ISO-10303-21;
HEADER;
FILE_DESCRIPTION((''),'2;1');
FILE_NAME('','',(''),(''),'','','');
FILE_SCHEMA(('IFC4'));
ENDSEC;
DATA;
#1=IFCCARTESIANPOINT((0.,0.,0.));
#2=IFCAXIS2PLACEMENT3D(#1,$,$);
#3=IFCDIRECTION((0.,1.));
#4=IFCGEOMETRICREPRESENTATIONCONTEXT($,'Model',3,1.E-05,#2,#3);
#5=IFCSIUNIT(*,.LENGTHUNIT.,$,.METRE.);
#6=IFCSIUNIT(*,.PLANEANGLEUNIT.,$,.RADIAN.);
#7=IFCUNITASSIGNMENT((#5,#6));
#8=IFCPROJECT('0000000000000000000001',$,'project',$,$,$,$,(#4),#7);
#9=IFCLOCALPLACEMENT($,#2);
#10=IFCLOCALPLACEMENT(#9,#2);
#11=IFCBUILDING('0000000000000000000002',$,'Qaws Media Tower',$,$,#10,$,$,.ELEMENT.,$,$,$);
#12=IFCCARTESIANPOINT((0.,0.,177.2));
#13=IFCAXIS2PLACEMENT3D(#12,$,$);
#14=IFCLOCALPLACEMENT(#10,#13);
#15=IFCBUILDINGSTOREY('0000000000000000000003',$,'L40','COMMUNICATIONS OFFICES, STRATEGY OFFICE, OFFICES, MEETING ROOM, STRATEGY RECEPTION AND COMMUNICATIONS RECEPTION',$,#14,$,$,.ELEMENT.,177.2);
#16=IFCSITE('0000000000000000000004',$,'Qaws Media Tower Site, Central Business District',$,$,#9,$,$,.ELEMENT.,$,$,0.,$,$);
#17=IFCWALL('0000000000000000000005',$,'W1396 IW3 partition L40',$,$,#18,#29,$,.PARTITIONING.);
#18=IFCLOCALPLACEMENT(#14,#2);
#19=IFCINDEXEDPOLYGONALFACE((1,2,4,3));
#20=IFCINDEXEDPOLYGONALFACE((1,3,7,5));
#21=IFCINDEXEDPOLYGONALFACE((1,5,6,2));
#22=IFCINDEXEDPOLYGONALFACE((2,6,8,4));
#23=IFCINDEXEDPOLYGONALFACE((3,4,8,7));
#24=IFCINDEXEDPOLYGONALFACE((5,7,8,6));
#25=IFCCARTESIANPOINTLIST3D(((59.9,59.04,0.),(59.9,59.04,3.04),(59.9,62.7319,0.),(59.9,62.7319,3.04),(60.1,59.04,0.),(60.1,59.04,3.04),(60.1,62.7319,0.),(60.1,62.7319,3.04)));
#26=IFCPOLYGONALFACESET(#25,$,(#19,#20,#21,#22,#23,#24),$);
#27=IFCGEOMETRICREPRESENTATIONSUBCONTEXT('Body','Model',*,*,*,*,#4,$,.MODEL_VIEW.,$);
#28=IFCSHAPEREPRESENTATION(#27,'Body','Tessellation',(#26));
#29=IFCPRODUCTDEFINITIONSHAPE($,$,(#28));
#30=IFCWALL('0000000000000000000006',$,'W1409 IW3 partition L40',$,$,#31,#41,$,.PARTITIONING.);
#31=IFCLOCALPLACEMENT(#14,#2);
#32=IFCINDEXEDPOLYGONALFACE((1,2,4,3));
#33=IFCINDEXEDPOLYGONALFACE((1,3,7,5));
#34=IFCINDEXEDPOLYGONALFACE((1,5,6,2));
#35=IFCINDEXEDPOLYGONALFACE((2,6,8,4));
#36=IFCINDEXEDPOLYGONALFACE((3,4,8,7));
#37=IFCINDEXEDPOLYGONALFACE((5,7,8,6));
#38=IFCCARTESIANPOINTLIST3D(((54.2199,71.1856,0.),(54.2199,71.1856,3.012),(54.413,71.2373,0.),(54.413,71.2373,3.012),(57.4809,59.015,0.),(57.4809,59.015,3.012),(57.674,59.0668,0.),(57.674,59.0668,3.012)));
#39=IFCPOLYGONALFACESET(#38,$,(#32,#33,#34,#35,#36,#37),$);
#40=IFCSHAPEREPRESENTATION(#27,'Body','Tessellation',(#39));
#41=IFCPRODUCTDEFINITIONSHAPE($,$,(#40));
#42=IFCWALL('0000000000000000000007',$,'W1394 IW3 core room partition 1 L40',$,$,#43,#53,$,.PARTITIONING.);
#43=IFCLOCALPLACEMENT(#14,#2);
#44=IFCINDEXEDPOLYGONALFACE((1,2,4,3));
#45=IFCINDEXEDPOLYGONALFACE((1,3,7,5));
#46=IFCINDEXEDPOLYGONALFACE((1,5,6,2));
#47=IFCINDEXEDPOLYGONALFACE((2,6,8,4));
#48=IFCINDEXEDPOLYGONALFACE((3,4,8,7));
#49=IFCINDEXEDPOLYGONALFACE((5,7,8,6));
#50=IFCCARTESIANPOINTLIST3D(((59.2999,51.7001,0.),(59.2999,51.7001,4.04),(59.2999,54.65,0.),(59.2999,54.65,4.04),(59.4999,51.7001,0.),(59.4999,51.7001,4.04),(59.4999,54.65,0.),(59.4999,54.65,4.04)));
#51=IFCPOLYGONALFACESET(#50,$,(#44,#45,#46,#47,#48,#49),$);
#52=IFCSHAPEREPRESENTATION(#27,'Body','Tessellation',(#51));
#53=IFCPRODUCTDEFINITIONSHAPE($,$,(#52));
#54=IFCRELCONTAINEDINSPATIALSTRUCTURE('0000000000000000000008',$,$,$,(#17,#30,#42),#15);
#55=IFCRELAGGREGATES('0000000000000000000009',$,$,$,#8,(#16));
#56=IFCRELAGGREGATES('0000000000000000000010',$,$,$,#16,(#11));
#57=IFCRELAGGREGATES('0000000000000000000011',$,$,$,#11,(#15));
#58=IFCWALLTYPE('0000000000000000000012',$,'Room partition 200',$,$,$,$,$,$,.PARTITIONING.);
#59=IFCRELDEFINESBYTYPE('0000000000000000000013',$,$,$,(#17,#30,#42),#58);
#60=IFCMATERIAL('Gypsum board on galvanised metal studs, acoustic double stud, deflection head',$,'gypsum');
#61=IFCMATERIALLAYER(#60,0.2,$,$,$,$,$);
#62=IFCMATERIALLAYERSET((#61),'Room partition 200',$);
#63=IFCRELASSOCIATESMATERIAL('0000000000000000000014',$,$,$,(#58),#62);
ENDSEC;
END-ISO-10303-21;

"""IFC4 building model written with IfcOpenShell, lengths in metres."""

from ifc_helpers import new_model, si_unit, direction, frame, frame_2d, origin, place, context, subcontext, project, spatial, rectangle, extrude, material, layer, layer_set, type_object, element, save


model = new_model("IFC4")

# Units and contexts
model_context = context("Model", 3, precision=1e-05, world=origin(), true_north=direction((0.0, 1.0)))
body_context = subcontext(model_context, "Body", "Model", "MODEL_VIEW")
ifc_project = project(units=[si_unit("LENGTHUNIT", "METRE"), si_unit("PLANEANGLEUNIT", "RADIAN")], contexts=[model_context])

# Site, building, storey
site_placement = place(None, origin())
site = spatial("IfcSite", under=ifc_project, at=site_placement, Name="Qaws Media Tower Site, Central Business District", CompositionType="ELEMENT", RefElevation=0.0)
building_placement = place(site_placement, origin())
building = spatial("IfcBuilding", under=site, at=building_placement, Name="Qaws Media Tower", CompositionType="ELEMENT")
storey_placement = place(building_placement, frame((0.0, 0.0, 177.2)))
storey = spatial("IfcBuildingStorey", under=building, at=storey_placement, Name="L40", Description="COMMUNICATIONS OFFICES, STRATEGY OFFICE, OFFICES, MEETING ROOM, STRATEGY RECEPTION AND COMMUNICATIONS RECEPTION", CompositionType="ELEMENT", Elevation=177.2)

# Shared definitions
ifc_material_1 = material(Name="Gypsum board on galvanised metal studs, acoustic double stud, deflection head", Category="gypsum")
ifc_layer_1 = layer(ifc_material_1, 0.2)
ifc_layer_set_1 = layer_set([ifc_layer_1], Name="Room partition 200")
wall_type_1 = type_object("IfcWallType", Name="Room partition 200", PredefinedType="PARTITIONING", material=ifc_layer_set_1)

# Walls
wall_1_placement = place(storey_placement, frame((60.0, 59.04, 0.0), z_axis=(0.0, 0.0, 1.0), x_axis=(0.0, 1.0, 0.0)))
element("IfcWall", 1, at=wall_1_placement, inside=storey, type_object=wall_type_1, Name="W1396 IW3 partition L40", PredefinedType="PARTITIONING", context=body_context, shape_type="SweptSolid", body=[
    extrude(rectangle(XDim=3.6919, YDim=0.2, at=frame_2d((1.8459, 0.0))), origin(), (0.0, 0.0, 1.0), 3.04),
])
wall_2_placement = place(storey_placement, frame((57.5774, 59.041, 0.0), z_axis=(0.0, 0.0, 1.0), x_axis=(-0.258809, 0.965928, 0.0)))
element("IfcWall", 2, at=wall_2_placement, inside=storey, type_object=wall_type_1, Name="W1409 IW3 partition L40", PredefinedType="PARTITIONING", context=body_context, shape_type="SweptSolid", body=[
    extrude(rectangle(XDim=12.5999, YDim=0.2, at=frame_2d((6.2998, 0.0))), origin(), (0.0, 0.0, 1.0), 3.012),
])
wall_3_placement = place(storey_placement, frame((59.3999, 51.7, 0.0), z_axis=(0.0, 0.0, 1.0), x_axis=(0.0, 1.0, 0.0)))
element("IfcWall", 3, at=wall_3_placement, inside=storey, type_object=wall_type_1, Name="W1394 IW3 core room partition 1 L40", PredefinedType="PARTITIONING", context=body_context, shape_type="SweptSolid", body=[
    extrude(rectangle(XDim=2.95, YDim=0.2, at=frame_2d((1.4751, 0.0))), origin(), (0.0, 0.0, 1.0), 4.04),
])

save(model, "model.ifc")
